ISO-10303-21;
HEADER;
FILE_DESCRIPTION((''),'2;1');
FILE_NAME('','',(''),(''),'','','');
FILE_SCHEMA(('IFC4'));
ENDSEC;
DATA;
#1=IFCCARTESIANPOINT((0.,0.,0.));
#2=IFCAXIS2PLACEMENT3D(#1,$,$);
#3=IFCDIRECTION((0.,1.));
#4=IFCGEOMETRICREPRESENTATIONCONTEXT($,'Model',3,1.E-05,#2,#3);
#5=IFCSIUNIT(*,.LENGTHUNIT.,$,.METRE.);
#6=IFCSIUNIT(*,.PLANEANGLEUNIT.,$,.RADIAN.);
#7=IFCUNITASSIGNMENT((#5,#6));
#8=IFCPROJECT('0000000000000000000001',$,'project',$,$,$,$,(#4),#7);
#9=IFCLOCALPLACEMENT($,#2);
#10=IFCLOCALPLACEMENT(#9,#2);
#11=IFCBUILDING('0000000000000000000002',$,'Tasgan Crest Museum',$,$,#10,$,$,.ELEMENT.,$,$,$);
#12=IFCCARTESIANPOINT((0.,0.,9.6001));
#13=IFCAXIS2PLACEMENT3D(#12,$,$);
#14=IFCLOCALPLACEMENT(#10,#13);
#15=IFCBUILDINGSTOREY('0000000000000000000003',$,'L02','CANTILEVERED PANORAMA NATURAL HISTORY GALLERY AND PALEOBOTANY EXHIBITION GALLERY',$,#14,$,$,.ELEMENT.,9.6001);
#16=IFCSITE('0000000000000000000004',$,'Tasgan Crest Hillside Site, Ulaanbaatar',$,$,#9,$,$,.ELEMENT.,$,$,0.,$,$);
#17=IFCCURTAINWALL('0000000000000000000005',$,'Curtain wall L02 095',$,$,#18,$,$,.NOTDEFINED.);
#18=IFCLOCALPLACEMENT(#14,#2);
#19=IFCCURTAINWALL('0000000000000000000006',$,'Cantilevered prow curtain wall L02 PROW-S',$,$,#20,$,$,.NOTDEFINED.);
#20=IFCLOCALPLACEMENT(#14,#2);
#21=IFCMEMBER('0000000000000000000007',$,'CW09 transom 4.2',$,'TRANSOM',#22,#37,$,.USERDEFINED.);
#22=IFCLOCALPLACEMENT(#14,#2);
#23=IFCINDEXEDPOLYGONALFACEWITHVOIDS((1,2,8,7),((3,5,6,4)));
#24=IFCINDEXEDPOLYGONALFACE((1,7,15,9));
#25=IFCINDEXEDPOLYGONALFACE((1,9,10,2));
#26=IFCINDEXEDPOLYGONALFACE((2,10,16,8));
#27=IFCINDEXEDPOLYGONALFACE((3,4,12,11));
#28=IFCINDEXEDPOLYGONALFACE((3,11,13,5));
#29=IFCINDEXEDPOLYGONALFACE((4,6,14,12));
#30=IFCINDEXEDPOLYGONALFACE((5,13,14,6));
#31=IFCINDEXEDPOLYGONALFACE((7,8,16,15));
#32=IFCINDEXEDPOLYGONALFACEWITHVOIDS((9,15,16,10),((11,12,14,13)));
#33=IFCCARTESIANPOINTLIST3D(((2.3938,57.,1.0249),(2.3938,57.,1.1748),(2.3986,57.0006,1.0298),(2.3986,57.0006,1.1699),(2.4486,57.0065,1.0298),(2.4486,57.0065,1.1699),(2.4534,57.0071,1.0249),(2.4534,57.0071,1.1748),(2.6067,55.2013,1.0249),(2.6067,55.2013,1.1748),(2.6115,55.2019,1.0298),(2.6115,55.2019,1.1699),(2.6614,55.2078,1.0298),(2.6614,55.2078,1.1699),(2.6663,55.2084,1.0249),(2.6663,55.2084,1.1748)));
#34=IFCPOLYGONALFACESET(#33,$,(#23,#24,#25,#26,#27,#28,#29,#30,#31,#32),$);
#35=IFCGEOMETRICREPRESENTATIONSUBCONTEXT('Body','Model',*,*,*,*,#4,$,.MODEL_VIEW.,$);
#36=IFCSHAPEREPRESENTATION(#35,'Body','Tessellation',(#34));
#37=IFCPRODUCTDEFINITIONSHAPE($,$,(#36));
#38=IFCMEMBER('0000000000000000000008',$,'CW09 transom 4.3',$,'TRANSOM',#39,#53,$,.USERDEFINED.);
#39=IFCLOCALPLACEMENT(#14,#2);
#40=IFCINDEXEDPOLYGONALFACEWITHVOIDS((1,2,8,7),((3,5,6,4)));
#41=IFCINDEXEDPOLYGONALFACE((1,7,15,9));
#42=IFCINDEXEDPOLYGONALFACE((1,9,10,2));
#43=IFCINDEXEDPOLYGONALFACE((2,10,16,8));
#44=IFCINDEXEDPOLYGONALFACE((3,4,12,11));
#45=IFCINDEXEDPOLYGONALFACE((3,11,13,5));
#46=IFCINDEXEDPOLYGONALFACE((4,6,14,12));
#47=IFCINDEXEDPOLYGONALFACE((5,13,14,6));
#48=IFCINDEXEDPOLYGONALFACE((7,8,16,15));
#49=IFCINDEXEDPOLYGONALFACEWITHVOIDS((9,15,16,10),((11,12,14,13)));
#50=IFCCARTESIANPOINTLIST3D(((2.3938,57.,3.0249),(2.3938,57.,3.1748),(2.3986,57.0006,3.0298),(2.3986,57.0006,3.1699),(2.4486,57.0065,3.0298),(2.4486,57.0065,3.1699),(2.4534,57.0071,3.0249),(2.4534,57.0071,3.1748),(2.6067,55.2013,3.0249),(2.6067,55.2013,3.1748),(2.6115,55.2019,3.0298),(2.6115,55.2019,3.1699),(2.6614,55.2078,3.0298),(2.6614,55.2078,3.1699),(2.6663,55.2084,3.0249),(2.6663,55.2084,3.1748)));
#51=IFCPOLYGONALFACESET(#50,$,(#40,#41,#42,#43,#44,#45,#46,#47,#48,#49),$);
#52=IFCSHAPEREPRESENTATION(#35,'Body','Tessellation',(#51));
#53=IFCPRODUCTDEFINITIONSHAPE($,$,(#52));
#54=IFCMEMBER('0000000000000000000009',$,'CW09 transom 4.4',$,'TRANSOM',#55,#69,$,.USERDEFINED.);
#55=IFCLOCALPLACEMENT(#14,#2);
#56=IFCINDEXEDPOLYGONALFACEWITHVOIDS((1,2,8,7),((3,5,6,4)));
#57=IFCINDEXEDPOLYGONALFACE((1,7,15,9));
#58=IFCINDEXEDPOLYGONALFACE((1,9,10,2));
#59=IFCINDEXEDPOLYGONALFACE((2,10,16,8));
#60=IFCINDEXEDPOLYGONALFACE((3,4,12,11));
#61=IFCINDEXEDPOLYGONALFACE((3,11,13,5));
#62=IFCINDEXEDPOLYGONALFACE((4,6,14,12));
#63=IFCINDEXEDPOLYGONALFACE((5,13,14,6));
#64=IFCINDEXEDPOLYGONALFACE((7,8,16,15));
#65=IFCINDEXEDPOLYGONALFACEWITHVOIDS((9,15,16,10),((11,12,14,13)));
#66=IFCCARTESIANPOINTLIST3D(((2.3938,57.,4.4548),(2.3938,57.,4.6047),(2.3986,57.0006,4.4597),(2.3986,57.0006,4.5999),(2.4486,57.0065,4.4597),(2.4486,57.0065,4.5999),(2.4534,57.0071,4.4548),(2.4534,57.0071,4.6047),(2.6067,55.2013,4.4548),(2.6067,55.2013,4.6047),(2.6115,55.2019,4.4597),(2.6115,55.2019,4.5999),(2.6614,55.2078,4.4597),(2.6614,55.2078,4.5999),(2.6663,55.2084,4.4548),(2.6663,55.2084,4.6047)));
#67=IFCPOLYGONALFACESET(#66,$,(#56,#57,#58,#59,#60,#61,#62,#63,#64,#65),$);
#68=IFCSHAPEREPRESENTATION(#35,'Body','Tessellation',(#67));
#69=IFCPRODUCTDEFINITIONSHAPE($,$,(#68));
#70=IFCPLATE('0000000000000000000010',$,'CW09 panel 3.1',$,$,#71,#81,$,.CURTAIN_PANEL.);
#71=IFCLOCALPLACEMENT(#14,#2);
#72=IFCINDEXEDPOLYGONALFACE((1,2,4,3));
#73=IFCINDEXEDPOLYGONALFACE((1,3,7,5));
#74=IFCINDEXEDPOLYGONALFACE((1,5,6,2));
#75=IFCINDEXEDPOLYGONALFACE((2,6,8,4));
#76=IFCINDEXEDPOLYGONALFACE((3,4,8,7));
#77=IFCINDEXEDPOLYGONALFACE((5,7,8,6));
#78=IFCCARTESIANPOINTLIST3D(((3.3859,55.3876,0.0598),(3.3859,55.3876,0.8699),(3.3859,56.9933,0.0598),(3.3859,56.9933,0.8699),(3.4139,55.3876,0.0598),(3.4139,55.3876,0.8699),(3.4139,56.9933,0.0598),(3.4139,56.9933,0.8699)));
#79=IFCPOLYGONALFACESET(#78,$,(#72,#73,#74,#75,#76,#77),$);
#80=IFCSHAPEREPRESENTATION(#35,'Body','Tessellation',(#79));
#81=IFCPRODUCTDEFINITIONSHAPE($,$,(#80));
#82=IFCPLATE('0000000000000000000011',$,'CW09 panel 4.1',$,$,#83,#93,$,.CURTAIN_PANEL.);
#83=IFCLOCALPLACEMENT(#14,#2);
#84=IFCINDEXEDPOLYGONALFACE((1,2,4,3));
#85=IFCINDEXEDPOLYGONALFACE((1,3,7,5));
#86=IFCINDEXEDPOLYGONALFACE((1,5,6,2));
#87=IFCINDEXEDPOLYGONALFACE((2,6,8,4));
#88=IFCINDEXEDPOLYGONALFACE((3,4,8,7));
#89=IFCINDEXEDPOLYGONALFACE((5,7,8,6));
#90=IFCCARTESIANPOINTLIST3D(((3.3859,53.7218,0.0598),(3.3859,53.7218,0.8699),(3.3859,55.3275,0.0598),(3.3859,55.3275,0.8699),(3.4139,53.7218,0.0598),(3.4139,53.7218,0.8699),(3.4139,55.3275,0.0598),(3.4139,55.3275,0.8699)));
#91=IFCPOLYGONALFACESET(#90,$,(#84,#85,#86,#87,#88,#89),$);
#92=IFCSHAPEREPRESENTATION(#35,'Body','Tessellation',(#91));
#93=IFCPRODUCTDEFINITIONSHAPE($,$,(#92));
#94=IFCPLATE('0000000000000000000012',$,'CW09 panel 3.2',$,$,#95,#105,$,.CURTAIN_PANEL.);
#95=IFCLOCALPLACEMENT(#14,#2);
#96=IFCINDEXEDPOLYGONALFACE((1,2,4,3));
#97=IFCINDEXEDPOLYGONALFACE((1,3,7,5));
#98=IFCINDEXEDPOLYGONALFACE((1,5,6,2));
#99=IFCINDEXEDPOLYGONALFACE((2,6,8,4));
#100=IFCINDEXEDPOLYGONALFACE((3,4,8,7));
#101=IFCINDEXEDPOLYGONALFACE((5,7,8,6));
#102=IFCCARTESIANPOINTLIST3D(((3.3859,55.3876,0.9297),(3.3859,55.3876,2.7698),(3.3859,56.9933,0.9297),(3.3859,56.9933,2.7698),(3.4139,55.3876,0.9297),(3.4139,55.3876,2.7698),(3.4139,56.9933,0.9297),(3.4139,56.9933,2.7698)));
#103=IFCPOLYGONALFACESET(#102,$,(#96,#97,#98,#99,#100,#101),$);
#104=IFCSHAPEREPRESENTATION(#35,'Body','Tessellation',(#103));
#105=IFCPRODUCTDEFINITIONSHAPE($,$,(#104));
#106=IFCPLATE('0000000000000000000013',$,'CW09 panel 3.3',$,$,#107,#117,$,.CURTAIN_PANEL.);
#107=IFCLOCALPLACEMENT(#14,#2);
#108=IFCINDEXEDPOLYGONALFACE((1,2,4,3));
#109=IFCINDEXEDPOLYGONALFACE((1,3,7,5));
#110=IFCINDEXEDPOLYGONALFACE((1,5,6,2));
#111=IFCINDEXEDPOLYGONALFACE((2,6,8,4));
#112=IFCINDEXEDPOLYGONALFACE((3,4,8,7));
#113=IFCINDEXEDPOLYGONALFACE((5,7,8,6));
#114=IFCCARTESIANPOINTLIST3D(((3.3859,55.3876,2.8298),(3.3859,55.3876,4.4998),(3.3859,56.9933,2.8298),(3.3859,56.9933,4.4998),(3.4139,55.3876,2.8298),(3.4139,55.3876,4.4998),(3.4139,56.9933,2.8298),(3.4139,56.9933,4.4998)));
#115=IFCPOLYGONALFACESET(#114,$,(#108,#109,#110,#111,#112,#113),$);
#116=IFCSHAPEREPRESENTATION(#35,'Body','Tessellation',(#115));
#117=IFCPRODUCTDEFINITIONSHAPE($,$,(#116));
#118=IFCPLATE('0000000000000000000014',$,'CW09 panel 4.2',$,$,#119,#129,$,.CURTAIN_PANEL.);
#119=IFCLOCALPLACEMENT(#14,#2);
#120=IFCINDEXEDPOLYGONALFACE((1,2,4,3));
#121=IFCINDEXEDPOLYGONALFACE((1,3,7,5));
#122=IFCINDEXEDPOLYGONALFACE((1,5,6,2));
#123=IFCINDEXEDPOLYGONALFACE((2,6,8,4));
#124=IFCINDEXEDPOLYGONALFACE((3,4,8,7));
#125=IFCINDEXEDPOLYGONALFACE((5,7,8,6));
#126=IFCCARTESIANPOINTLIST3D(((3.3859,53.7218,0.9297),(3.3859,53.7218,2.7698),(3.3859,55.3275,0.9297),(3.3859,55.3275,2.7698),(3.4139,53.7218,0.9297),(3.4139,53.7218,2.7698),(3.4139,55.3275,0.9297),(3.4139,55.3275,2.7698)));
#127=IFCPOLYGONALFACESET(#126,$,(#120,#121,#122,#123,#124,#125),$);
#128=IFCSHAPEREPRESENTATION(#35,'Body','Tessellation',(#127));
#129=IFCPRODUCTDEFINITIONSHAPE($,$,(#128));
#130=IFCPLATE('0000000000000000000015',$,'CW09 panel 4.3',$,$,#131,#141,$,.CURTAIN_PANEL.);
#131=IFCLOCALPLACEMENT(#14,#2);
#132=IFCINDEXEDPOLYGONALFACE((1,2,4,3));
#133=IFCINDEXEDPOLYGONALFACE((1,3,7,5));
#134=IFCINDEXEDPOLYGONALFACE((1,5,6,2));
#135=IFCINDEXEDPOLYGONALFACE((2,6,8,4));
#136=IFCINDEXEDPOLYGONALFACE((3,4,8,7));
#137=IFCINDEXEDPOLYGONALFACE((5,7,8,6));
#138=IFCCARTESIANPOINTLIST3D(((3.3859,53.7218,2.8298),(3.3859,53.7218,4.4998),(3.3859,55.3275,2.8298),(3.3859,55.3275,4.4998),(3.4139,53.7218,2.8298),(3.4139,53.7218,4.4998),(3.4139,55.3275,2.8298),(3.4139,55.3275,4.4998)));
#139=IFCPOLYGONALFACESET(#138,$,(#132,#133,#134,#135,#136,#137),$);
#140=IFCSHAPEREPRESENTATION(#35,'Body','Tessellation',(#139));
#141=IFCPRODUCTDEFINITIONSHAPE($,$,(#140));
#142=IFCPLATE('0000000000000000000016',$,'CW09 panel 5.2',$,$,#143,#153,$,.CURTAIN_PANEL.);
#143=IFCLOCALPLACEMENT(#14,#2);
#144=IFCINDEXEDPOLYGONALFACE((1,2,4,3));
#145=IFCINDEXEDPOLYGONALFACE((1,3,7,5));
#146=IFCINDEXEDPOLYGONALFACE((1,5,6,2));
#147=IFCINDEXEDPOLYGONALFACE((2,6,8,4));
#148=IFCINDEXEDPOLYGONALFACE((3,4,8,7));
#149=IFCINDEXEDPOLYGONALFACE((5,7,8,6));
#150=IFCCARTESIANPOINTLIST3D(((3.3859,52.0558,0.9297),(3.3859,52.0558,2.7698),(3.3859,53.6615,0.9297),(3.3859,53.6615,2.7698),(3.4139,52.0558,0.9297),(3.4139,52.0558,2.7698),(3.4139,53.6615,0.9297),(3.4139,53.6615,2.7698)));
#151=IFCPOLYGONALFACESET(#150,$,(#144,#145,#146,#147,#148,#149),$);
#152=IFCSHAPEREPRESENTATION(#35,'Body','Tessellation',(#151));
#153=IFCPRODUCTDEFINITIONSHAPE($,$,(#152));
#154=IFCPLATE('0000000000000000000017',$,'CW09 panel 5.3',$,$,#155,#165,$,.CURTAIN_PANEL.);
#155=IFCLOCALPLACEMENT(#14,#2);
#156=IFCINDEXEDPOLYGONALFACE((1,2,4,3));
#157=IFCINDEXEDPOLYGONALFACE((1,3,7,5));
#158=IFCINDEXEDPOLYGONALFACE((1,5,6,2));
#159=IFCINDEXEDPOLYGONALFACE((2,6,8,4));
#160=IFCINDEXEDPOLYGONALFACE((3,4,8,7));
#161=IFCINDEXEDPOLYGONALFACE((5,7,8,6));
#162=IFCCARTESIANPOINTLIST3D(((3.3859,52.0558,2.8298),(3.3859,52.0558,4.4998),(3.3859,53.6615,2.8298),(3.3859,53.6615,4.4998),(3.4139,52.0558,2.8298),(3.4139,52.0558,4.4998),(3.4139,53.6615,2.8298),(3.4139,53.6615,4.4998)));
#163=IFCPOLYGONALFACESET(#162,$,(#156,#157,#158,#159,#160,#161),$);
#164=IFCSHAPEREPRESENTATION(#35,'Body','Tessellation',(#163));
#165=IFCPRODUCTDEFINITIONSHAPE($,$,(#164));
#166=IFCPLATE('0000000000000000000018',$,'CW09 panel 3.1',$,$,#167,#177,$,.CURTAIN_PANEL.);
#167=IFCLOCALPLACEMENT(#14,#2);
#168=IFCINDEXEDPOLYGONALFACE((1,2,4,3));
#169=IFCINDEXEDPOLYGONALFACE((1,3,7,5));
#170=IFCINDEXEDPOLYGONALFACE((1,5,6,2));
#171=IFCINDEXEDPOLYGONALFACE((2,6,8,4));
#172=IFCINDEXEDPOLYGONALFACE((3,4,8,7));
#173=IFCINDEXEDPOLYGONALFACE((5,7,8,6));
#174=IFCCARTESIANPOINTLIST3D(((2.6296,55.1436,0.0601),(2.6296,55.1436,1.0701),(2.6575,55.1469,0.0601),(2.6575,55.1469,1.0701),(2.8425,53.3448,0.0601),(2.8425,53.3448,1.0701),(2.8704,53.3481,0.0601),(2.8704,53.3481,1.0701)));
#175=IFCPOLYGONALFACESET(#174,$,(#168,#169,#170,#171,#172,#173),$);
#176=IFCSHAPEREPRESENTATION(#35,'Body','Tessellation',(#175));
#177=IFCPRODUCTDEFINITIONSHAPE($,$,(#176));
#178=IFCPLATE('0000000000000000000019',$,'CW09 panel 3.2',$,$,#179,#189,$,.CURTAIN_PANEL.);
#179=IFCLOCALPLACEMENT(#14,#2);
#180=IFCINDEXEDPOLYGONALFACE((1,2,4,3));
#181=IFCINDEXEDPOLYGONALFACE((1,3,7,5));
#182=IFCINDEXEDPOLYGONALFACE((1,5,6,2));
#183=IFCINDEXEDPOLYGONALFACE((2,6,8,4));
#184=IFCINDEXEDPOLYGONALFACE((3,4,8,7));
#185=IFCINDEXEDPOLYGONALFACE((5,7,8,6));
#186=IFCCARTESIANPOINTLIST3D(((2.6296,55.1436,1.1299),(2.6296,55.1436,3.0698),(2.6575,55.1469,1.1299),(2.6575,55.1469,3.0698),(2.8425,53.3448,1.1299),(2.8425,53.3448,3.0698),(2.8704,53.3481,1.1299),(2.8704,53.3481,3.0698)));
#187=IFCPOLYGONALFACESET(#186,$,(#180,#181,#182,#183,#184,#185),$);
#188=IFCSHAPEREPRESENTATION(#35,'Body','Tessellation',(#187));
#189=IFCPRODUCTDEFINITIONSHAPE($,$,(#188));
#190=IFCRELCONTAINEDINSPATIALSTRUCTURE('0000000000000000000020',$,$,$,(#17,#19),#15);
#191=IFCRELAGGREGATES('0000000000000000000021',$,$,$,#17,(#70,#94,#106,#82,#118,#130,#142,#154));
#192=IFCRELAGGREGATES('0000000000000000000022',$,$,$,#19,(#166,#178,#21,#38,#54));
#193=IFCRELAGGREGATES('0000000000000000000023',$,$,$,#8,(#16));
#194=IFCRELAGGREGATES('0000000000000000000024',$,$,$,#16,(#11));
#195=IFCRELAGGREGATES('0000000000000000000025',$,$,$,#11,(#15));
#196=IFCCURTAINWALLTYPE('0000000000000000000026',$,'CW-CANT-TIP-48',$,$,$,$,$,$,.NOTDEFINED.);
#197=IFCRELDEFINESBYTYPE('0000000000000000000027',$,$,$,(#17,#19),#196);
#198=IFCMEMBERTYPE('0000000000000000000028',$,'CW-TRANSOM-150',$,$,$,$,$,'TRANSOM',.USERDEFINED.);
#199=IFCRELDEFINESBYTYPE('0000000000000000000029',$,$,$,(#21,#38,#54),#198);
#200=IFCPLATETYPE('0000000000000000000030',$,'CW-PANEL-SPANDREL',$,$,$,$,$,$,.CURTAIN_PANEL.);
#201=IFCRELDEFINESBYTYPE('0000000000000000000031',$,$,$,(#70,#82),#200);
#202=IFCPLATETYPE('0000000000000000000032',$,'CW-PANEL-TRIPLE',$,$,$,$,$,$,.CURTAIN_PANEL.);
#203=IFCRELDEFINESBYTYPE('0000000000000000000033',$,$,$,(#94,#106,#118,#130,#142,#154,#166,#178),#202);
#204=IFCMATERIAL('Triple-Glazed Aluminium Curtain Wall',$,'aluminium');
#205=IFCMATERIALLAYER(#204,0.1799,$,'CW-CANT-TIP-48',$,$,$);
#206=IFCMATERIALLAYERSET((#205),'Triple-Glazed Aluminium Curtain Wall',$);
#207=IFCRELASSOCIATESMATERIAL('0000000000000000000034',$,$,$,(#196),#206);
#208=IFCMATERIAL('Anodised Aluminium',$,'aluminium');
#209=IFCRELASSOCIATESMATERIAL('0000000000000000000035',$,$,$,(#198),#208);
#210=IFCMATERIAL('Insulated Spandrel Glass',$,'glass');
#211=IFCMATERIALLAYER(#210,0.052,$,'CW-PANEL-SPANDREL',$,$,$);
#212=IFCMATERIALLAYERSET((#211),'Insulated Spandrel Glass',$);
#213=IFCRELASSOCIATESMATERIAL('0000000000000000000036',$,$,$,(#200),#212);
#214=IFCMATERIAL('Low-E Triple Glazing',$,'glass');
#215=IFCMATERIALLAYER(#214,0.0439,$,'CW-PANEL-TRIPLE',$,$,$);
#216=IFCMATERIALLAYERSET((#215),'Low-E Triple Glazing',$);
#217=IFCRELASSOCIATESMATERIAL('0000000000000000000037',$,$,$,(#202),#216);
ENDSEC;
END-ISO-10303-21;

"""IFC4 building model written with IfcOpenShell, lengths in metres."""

from ifc_helpers import new_model, si_unit, direction, frame, origin, origin_2d, place, context, subcontext, project, spatial, rectangle, hollow_rectangle, extrude, material, layer, layer_set, material_profile, profile_set, type_object, element, aggregate, save


model = new_model("IFC4")

# Units and contexts
model_context = context("Model", 3, precision=1e-05, world=origin(), true_north=direction((0.0, 1.0)))
body_context = subcontext(model_context, "Body", "Model", "MODEL_VIEW")
ifc_project = project(units=[si_unit("LENGTHUNIT", "METRE"), si_unit("PLANEANGLEUNIT", "RADIAN")], contexts=[model_context])

# Site, building, storey
site_placement = place(None, origin())
site = spatial("IfcSite", under=ifc_project, at=site_placement, Name="Tasgan Crest Hillside Site, Ulaanbaatar", CompositionType="ELEMENT", RefElevation=0.0)
building_placement = place(site_placement, origin())
building = spatial("IfcBuilding", under=site, at=building_placement, Name="Tasgan Crest Museum", CompositionType="ELEMENT")
storey_placement = place(building_placement, frame((0.0, 0.0, 9.6001)))
storey = spatial("IfcBuildingStorey", under=building, at=storey_placement, Name="L02", Description="CANTILEVERED PANORAMA NATURAL HISTORY GALLERY AND PALEOBOTANY EXHIBITION GALLERY", CompositionType="ELEMENT", Elevation=9.6001)

# Curtain walls
ifc_material_1 = material(Name="Triple-Glazed Aluminium Curtain Wall", Category="aluminium")
ifc_layer_1 = layer(ifc_material_1, 0.1799, Name="CW-CANT-TIP-48")
ifc_layer_set_1 = layer_set([ifc_layer_1], Name="Triple-Glazed Aluminium Curtain Wall")
curtain_wall_type = type_object("IfcCurtainWallType", Name="CW-CANT-TIP-48", PredefinedType="NOTDEFINED", material=ifc_layer_set_1)
curtain_wall_1_placement = place(storey_placement, origin())
curtain_wall_1 = element("IfcCurtainWall", 1, at=curtain_wall_1_placement, inside=storey, type_object=curtain_wall_type, Name="Curtain wall L02 095", PredefinedType="NOTDEFINED")
curtain_wall_2_placement = place(storey_placement, origin())
curtain_wall_2 = element("IfcCurtainWall", 2, at=curtain_wall_2_placement, inside=storey, type_object=curtain_wall_type, Name="Cantilevered prow curtain wall L02 PROW-S", PredefinedType="NOTDEFINED")

# Members
ifc_material_2 = material(Name="Anodised Aluminium", Category="aluminium")
ifc_material_profile_1 = material_profile(ifc_material_2, hollow_rectangle(XDim=0.0601, YDim=0.1499, WallThickness=0.0049, at=origin_2d()), Name="ALU TRANSOM 150x60x5")
ifc_profile_set_1 = profile_set([ifc_material_profile_1], Name="Anodised Aluminium")
member_type_1 = type_object("IfcMemberType", Name="CW-TRANSOM-150", ElementType="TRANSOM", PredefinedType="USERDEFINED", material=ifc_profile_set_1)
member_1_placement = place(storey_placement, frame((2.6365, 55.2048, 1.0999), z_axis=(-0.117529, 0.993069, 0.0), x_axis=(-0.993069, -0.117529, 0.0)))
member_1 = element("IfcMember", 3, at=member_1_placement, type_object=member_type_1, Name="CW09 transom 4.2", ObjectType="TRANSOM", PredefinedType="USERDEFINED", context=body_context, shape_type="SweptSolid", body=[
    extrude(hollow_rectangle(XDim=0.0601, YDim=0.1499, WallThickness=0.0049, at=origin_2d()), origin(), (0.0, 0.0, 1.0), 1.8113),
])
member_2_placement = place(storey_placement, frame((2.6365, 55.2048, 3.0999), z_axis=(-0.117529, 0.993069, 0.0), x_axis=(-0.993069, -0.117529, 0.0)))
member_2 = element("IfcMember", 4, at=member_2_placement, type_object=member_type_1, Name="CW09 transom 4.3", ObjectType="TRANSOM", PredefinedType="USERDEFINED", context=body_context, shape_type="SweptSolid", body=[
    extrude(hollow_rectangle(XDim=0.0601, YDim=0.1499, WallThickness=0.0049, at=origin_2d()), origin(), (0.0, 0.0, 1.0), 1.8113),
])
member_3_placement = place(storey_placement, frame((2.6365, 55.2048, 4.5298), z_axis=(-0.117529, 0.993069, 0.0), x_axis=(-0.993069, -0.117529, 0.0)))
member_3 = element("IfcMember", 5, at=member_3_placement, type_object=member_type_1, Name="CW09 transom 4.4", ObjectType="TRANSOM", PredefinedType="USERDEFINED", context=body_context, shape_type="SweptSolid", body=[
    extrude(hollow_rectangle(XDim=0.0601, YDim=0.1499, WallThickness=0.0049, at=origin_2d()), origin(), (0.0, 0.0, 1.0), 1.8113),
])

# Plates
ifc_material_3 = material(Name="Insulated Spandrel Glass", Category="glass")
ifc_layer_2 = layer(ifc_material_3, 0.052, Name="CW-PANEL-SPANDREL")
ifc_layer_set_2 = layer_set([ifc_layer_2], Name="Insulated Spandrel Glass")
plate_type_1 = type_object("IfcPlateType", Name="CW-PANEL-SPANDREL", PredefinedType="CURTAIN_PANEL", material=ifc_layer_set_2)
plate_1_placement = place(storey_placement, frame((3.3999, 56.1904, 0.0598), z_axis=(0.0, 0.0, 1.0), x_axis=(0.0, -1.0, 0.0)))
plate_1 = element("IfcPlate", 6, at=plate_1_placement, type_object=plate_type_1, Name="CW09 panel 3.1", PredefinedType="CURTAIN_PANEL", context=body_context, shape_type="SweptSolid", body=[
    extrude(rectangle(XDim=1.6057, YDim=0.0281, at=origin_2d()), origin(), (0.0, 0.0, 1.0), 0.8101),
])
plate_2_placement = place(storey_placement, frame((3.3999, 54.5247, 0.0598), z_axis=(0.0, 0.0, 1.0), x_axis=(0.0, -1.0, 0.0)))
plate_2 = element("IfcPlate", 7, at=plate_2_placement, type_object=plate_type_1, Name="CW09 panel 4.1", PredefinedType="CURTAIN_PANEL", context=body_context, shape_type="SweptSolid", body=[
    extrude(rectangle(XDim=1.6057, YDim=0.0281, at=origin_2d()), origin(), (0.0, 0.0, 1.0), 0.8101),
])
ifc_material_4 = material(Name="Low-E Triple Glazing", Category="glass")
ifc_layer_3 = layer(ifc_material_4, 0.0439, Name="CW-PANEL-TRIPLE")
ifc_layer_set_3 = layer_set([ifc_layer_3], Name="Low-E Triple Glazing")
plate_type_2 = type_object("IfcPlateType", Name="CW-PANEL-TRIPLE", PredefinedType="CURTAIN_PANEL", material=ifc_layer_set_3)
plate_3_placement = place(storey_placement, frame((3.3999, 56.1904, 0.9297), z_axis=(0.0, 0.0, 1.0), x_axis=(0.0, -1.0, 0.0)))
plate_3 = element("IfcPlate", 8, at=plate_3_placement, type_object=plate_type_2, Name="CW09 panel 3.2", PredefinedType="CURTAIN_PANEL", context=body_context, shape_type="SweptSolid", body=[
    extrude(rectangle(XDim=1.6057, YDim=0.0281, at=origin_2d()), origin(), (0.0, 0.0, 1.0), 1.8401),
])
plate_4_placement = place(storey_placement, frame((3.3999, 56.1904, 2.8298), z_axis=(0.0, 0.0, 1.0), x_axis=(0.0, -1.0, 0.0)))
plate_4 = element("IfcPlate", 9, at=plate_4_placement, type_object=plate_type_2, Name="CW09 panel 3.3", PredefinedType="CURTAIN_PANEL", context=body_context, shape_type="SweptSolid", body=[
    extrude(rectangle(XDim=1.6057, YDim=0.0281, at=origin_2d()), origin(), (0.0, 0.0, 1.0), 1.6699),
])
plate_5_placement = place(storey_placement, frame((3.3999, 54.5247, 0.9297), z_axis=(0.0, 0.0, 1.0), x_axis=(0.0, -1.0, 0.0)))
plate_5 = element("IfcPlate", 10, at=plate_5_placement, type_object=plate_type_2, Name="CW09 panel 4.2", PredefinedType="CURTAIN_PANEL", context=body_context, shape_type="SweptSolid", body=[
    extrude(rectangle(XDim=1.6057, YDim=0.0281, at=origin_2d()), origin(), (0.0, 0.0, 1.0), 1.8401),
])
plate_6_placement = place(storey_placement, frame((3.3999, 54.5247, 2.8298), z_axis=(0.0, 0.0, 1.0), x_axis=(0.0, -1.0, 0.0)))
plate_6 = element("IfcPlate", 11, at=plate_6_placement, type_object=plate_type_2, Name="CW09 panel 4.3", PredefinedType="CURTAIN_PANEL", context=body_context, shape_type="SweptSolid", body=[
    extrude(rectangle(XDim=1.6057, YDim=0.0281, at=origin_2d()), origin(), (0.0, 0.0, 1.0), 1.6699),
])
plate_7_placement = place(storey_placement, frame((3.3999, 52.8586, 0.9297), z_axis=(0.0, 0.0, 1.0), x_axis=(0.0, -1.0, 0.0)))
plate_7 = element("IfcPlate", 12, at=plate_7_placement, type_object=plate_type_2, Name="CW09 panel 5.2", PredefinedType="CURTAIN_PANEL", context=body_context, shape_type="SweptSolid", body=[
    extrude(rectangle(XDim=1.6057, YDim=0.0281, at=origin_2d()), origin(), (0.0, 0.0, 1.0), 1.8401),
])
plate_8_placement = place(storey_placement, frame((3.3999, 52.8586, 2.8298), z_axis=(0.0, 0.0, 1.0), x_axis=(0.0, -1.0, 0.0)))
plate_8 = element("IfcPlate", 13, at=plate_8_placement, type_object=plate_type_2, Name="CW09 panel 5.3", PredefinedType="CURTAIN_PANEL", context=body_context, shape_type="SweptSolid", body=[
    extrude(rectangle(XDim=1.6057, YDim=0.0281, at=origin_2d()), origin(), (0.0, 0.0, 1.0), 1.6699),
])
aggregate(curtain_wall_1, [plate_1, plate_3, plate_4, plate_2, plate_5, plate_6, plate_7, plate_8])
plate_9_placement = place(storey_placement, frame((2.75, 54.2458, 0.0601), z_axis=(0.0, 0.0, 1.0), x_axis=(-0.117565, 0.993065, 0.0)))
plate_9 = element("IfcPlate", 14, at=plate_9_placement, type_object=plate_type_2, Name="CW09 panel 3.1", PredefinedType="CURTAIN_PANEL", context=body_context, shape_type="SweptSolid", body=[
    extrude(rectangle(XDim=1.8113, YDim=0.0281, at=origin_2d()), origin(), (0.0, 0.0, 1.0), 1.01),
])
plate_10_placement = place(storey_placement, frame((2.75, 54.2458, 1.1299), z_axis=(0.0, 0.0, 1.0), x_axis=(-0.117565, 0.993065, 0.0)))
plate_10 = element("IfcPlate", 15, at=plate_10_placement, type_object=plate_type_2, Name="CW09 panel 3.2", PredefinedType="CURTAIN_PANEL", context=body_context, shape_type="SweptSolid", body=[
    extrude(rectangle(XDim=1.8113, YDim=0.0281, at=origin_2d()), origin(), (0.0, 0.0, 1.0), 1.9399),
])
aggregate(curtain_wall_2, [plate_9, plate_10, member_1, member_2, member_3])

save(model, "model.ifc")
